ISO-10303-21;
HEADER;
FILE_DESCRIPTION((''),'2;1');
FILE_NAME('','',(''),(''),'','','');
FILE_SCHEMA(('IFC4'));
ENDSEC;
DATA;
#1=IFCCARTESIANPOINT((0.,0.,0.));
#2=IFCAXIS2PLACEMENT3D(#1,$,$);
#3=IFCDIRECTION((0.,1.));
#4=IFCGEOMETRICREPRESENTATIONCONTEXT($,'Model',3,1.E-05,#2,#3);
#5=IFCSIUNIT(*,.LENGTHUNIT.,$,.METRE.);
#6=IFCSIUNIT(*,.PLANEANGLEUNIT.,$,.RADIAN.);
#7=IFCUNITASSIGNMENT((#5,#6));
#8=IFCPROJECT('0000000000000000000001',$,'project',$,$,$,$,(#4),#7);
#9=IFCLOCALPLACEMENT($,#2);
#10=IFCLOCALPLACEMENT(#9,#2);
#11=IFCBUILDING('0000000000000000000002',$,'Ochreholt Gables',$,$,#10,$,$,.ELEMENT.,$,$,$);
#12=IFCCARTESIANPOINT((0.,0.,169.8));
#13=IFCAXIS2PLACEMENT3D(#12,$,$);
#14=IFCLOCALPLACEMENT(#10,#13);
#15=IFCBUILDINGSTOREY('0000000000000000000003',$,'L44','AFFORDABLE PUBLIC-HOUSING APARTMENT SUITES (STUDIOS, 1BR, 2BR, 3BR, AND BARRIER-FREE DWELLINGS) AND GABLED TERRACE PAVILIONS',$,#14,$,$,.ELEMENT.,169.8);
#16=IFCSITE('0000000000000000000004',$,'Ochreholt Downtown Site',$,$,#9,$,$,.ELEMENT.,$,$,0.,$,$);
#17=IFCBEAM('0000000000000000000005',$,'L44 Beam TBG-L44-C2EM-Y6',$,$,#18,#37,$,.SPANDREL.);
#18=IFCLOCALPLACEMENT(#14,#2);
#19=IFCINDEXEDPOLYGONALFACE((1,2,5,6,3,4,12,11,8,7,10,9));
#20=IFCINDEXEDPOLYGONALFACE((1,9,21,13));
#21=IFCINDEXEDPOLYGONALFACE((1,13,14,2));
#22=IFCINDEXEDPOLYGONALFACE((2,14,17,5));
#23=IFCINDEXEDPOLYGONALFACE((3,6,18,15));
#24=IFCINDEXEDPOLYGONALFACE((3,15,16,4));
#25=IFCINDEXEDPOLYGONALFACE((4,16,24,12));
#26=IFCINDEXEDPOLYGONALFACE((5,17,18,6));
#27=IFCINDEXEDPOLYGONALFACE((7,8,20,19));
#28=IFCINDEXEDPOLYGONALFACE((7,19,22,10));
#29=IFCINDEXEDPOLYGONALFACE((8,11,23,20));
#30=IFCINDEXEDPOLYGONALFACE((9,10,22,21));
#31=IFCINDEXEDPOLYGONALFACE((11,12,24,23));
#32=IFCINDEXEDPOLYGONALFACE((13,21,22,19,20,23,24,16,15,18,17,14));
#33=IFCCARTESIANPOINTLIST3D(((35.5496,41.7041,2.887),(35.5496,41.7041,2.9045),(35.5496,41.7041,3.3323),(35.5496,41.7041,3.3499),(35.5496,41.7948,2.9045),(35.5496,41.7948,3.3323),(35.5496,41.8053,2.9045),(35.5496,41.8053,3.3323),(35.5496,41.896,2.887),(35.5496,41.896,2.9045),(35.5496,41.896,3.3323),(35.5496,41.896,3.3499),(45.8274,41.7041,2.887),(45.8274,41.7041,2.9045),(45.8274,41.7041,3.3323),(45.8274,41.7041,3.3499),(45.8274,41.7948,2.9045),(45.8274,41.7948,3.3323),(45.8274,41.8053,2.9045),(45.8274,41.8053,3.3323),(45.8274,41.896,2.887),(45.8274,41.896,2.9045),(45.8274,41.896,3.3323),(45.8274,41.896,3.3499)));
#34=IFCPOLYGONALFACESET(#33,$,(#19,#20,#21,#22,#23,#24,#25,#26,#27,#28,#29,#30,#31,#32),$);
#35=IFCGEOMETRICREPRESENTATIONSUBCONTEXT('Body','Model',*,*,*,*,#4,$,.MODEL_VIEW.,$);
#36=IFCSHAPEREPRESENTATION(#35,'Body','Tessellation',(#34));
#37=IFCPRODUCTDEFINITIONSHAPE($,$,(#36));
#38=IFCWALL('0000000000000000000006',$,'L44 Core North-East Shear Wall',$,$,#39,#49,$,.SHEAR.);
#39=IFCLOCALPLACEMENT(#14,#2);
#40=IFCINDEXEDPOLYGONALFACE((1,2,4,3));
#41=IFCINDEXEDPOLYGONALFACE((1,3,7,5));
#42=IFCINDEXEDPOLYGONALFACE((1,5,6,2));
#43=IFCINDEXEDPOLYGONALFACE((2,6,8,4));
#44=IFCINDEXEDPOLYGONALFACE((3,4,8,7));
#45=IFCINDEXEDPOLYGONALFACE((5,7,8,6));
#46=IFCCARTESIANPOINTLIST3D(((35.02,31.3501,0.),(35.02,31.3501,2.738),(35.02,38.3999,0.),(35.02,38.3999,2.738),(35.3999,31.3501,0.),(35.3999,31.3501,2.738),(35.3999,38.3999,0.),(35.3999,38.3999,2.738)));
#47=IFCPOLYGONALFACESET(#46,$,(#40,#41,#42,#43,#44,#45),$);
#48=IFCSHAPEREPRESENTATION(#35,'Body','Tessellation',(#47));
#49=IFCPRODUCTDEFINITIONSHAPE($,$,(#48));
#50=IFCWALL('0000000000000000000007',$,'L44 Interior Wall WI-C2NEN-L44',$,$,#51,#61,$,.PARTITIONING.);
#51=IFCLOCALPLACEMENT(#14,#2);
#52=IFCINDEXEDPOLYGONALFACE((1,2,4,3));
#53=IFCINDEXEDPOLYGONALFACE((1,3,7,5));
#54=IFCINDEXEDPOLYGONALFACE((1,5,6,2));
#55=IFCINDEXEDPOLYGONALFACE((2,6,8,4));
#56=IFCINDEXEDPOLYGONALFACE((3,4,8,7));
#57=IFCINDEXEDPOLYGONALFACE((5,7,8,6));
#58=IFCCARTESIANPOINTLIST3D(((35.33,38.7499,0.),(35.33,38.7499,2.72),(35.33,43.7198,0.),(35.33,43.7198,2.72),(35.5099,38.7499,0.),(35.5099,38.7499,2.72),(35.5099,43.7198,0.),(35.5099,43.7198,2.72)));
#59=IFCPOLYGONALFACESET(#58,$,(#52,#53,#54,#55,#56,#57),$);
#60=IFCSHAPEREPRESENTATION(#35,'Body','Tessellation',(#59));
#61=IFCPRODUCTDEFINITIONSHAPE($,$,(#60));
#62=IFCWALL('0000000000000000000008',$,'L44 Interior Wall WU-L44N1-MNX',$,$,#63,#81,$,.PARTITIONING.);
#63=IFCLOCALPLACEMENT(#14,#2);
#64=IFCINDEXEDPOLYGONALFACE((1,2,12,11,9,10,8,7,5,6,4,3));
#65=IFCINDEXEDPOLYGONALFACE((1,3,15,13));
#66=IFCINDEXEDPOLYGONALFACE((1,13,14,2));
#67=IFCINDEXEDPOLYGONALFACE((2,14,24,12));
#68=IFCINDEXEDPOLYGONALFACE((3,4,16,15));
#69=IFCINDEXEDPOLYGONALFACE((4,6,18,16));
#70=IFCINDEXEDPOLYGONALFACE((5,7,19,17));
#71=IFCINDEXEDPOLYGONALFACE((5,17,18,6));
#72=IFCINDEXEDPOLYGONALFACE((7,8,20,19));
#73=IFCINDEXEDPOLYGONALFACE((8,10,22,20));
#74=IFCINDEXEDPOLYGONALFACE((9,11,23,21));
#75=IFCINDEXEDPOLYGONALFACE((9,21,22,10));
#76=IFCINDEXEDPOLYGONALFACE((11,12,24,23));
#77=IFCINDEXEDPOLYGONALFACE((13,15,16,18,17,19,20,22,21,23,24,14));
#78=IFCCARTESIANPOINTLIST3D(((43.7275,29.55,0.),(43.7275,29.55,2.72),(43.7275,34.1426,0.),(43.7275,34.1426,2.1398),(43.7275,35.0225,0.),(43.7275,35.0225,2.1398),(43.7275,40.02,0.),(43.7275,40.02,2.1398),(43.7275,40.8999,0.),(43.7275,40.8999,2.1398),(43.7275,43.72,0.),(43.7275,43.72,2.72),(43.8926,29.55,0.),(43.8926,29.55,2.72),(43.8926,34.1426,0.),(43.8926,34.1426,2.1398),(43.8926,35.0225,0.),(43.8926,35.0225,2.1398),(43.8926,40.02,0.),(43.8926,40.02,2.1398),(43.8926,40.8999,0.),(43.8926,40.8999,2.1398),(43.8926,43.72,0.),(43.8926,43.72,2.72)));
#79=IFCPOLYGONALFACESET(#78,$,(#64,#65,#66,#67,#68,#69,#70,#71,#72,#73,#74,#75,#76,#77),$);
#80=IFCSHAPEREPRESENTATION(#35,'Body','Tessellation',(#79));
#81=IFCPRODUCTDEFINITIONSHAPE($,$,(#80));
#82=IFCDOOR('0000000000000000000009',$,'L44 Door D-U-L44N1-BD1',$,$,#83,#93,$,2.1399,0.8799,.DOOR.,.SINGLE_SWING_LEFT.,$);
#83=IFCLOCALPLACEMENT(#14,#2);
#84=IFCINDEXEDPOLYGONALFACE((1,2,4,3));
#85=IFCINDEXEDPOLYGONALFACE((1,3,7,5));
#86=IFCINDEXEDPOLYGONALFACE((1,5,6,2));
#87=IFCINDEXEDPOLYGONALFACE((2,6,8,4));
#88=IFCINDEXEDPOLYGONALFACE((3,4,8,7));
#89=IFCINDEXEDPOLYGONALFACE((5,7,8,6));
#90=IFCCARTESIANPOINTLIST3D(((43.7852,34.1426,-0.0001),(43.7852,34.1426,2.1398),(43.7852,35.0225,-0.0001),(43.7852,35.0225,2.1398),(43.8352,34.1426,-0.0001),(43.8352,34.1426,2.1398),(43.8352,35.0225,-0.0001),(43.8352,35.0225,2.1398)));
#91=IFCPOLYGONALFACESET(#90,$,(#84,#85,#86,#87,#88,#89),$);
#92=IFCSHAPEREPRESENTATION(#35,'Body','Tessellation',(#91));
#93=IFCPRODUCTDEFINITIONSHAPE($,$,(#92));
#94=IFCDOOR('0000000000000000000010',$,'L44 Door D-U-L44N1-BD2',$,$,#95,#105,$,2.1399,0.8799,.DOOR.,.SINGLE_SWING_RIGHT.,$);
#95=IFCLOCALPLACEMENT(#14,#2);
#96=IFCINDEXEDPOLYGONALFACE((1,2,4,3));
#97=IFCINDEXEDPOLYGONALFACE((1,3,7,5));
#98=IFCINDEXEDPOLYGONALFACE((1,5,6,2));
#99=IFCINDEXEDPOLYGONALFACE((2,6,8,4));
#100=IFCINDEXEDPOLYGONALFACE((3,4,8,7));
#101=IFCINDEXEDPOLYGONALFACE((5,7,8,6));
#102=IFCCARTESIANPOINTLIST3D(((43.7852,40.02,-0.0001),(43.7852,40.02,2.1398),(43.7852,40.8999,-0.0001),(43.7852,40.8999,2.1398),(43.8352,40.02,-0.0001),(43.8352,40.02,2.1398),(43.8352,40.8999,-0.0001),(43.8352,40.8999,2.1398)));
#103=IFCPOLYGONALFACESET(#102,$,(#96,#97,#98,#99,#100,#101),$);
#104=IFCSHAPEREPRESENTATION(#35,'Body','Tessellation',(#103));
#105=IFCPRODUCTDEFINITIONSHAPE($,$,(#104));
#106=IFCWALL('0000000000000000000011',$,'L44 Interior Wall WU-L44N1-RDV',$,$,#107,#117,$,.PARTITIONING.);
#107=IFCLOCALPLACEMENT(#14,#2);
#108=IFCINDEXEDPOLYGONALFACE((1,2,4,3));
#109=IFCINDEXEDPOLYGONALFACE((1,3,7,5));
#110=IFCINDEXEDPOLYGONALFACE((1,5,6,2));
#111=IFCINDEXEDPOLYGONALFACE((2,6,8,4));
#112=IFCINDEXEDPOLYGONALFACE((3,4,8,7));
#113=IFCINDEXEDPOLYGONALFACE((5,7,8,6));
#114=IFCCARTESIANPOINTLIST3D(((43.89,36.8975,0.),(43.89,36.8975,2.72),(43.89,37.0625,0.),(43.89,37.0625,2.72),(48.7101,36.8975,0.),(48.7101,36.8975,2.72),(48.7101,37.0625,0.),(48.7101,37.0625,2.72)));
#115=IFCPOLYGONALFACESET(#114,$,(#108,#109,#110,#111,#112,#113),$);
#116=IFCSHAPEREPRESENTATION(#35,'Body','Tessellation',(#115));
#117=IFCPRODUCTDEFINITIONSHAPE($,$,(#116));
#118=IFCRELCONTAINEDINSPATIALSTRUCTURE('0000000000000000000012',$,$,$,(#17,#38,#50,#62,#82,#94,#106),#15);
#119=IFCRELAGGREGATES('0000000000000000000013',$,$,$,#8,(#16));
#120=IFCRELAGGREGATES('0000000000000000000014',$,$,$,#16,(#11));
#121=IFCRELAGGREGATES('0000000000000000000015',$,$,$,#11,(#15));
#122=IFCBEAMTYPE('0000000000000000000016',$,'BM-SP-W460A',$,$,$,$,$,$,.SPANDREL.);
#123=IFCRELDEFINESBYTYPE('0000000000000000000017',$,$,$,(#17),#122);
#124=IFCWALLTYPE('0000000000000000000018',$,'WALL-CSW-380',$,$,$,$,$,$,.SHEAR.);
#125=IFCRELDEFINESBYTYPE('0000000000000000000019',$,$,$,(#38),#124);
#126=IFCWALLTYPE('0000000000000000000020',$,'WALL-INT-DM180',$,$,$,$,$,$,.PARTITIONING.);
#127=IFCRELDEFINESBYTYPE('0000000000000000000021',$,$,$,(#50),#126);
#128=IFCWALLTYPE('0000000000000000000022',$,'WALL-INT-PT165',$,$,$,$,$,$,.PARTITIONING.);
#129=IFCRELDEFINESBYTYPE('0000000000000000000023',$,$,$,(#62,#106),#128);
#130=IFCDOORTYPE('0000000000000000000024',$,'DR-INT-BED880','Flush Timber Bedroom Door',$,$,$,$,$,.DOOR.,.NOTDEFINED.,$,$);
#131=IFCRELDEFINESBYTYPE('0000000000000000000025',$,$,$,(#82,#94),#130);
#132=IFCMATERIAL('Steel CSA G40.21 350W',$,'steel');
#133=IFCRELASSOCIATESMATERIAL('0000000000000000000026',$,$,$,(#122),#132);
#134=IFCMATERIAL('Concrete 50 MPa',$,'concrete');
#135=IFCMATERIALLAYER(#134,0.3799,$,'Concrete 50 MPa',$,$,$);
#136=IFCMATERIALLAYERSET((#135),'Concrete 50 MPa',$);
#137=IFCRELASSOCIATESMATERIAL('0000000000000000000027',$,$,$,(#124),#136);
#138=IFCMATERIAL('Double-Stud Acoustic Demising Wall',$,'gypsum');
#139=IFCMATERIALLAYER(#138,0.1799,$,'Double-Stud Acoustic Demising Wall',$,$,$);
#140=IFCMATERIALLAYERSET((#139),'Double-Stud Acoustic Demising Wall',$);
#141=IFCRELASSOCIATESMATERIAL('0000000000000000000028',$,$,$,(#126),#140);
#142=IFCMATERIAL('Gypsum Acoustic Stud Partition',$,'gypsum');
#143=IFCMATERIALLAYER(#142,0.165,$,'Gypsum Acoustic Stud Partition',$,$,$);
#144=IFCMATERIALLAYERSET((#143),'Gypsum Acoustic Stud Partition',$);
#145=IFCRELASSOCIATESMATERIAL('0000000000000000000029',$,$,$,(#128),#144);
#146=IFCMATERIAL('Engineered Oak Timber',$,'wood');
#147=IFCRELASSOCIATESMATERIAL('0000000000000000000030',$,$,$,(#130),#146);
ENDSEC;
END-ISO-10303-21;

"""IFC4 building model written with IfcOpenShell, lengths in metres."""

from ifc_helpers import new_model, si_unit, direction, frame, frame_2d, origin, origin_2d, place, context, subcontext, project, spatial, rectangle, i_section, extrude, material, layer, layer_set, material_profile, profile_set, type_object, element, fill, save


model = new_model("IFC4")

# Units and contexts
model_context = context("Model", 3, precision=1e-05, world=origin(), true_north=direction((0.0, 1.0)))
body_context = subcontext(model_context, "Body", "Model", "MODEL_VIEW")
ifc_project = project(units=[si_unit("LENGTHUNIT", "METRE"), si_unit("PLANEANGLEUNIT", "RADIAN")], contexts=[model_context])

# Site, building, storey
site_placement = place(None, origin())
site = spatial("IfcSite", under=ifc_project, at=site_placement, Name="Ochreholt Downtown Site", CompositionType="ELEMENT", RefElevation=0.0)
building_placement = place(site_placement, origin())
building = spatial("IfcBuilding", under=site, at=building_placement, Name="Ochreholt Gables", CompositionType="ELEMENT")
storey_placement = place(building_placement, frame((0.0, 0.0, 169.8)))
storey = spatial("IfcBuildingStorey", under=building, at=storey_placement, Name="L44", Description="AFFORDABLE PUBLIC-HOUSING APARTMENT SUITES (STUDIOS, 1BR, 2BR, 3BR, AND BARRIER-FREE DWELLINGS) AND GABLED TERRACE PAVILIONS", CompositionType="ELEMENT", Elevation=169.8)

# Shared definitions
ifc_material_1 = material(Name="Steel CSA G40.21 350W", Category="steel")

# Beam
ifc_material_profile_1 = material_profile(ifc_material_1, i_section(OverallWidth=0.1919, OverallDepth=0.4629, WebThickness=0.0105, FlangeThickness=0.0176, at=origin_2d()), Name="W460X89")
ifc_profile_set_1 = profile_set([ifc_material_profile_1], Name="Steel CSA G40.21 350W")
beam_type_1 = type_object("IfcBeamType", Name="BM-SP-W460A", PredefinedType="SPANDREL", material=ifc_profile_set_1)
beam_1_placement = place(storey_placement, frame((35.5496, 41.8, 3.1184), z_axis=(1.0, 0.0, 0.0), x_axis=(0.0, 1.0, 0.0)))
element("IfcBeam", 1, at=beam_1_placement, inside=storey, type_object=beam_type_1, Name="L44 Beam TBG-L44-C2EM-Y6", PredefinedType="SPANDREL", context=body_context, shape_type="SweptSolid", body=[
    extrude(i_section(OverallWidth=0.1919, OverallDepth=0.4629, WebThickness=0.0105, FlangeThickness=0.0176, at=origin_2d()), origin(), (0.0, 0.0, 1.0), 10.2778),
])

# Walls
ifc_material_2 = material(Name="Concrete 50 MPa", Category="concrete")
ifc_layer_1 = layer(ifc_material_2, 0.3799, Name="Concrete 50 MPa")
ifc_layer_set_1 = layer_set([ifc_layer_1], Name="Concrete 50 MPa")
wall_type_1 = type_object("IfcWallType", Name="WALL-CSW-380", PredefinedType="SHEAR", material=ifc_layer_set_1)
wall_1_placement = place(storey_placement, frame((35.21, 31.3501, 0.0), z_axis=(0.0, 0.0, 1.0), x_axis=(0.0, 1.0, 0.0)))
element("IfcWall", 2, at=wall_1_placement, inside=storey, type_object=wall_type_1, Name="L44 Core North-East Shear Wall", PredefinedType="SHEAR", context=body_context, shape_type="SweptSolid", body=[
    extrude(rectangle(XDim=7.0498, YDim=0.3799, at=frame_2d((3.5249, 0.0))), origin(), (0.0, 0.0, 1.0), 2.738),
])
ifc_material_3 = material(Name="Double-Stud Acoustic Demising Wall", Category="gypsum")
ifc_layer_2 = layer(ifc_material_3, 0.1799, Name="Double-Stud Acoustic Demising Wall")
ifc_layer_set_2 = layer_set([ifc_layer_2], Name="Double-Stud Acoustic Demising Wall")
wall_type_2 = type_object("IfcWallType", Name="WALL-INT-DM180", PredefinedType="PARTITIONING", material=ifc_layer_set_2)
wall_2_placement = place(storey_placement, frame((35.4199, 38.75, 0.0), z_axis=(0.0, 0.0, 1.0), x_axis=(0.0, 1.0, 0.0)))
element("IfcWall", 3, at=wall_2_placement, inside=storey, type_object=wall_type_2, Name="L44 Interior Wall WI-C2NEN-L44", PredefinedType="PARTITIONING", context=body_context, shape_type="SweptSolid", body=[
    extrude(rectangle(XDim=4.97, YDim=0.1799, at=frame_2d((2.4849, 0.0))), origin(), (0.0, 0.0, 1.0), 2.72),
])

# Wall, openings, doors
ifc_material_4 = material(Name="Engineered Oak Timber", Category="wood")
ifc_material_5 = material(Name="Gypsum Acoustic Stud Partition", Category="gypsum")
ifc_layer_3 = layer(ifc_material_5, 0.165, Name="Gypsum Acoustic Stud Partition")
ifc_layer_set_3 = layer_set([ifc_layer_3], Name="Gypsum Acoustic Stud Partition")
wall_type_3 = type_object("IfcWallType", Name="WALL-INT-PT165", PredefinedType="PARTITIONING", material=ifc_layer_set_3)
wall_3_placement = place(storey_placement, frame((43.8101, 29.55, 0.0), z_axis=(0.0, 0.0, 1.0), x_axis=(0.0, 1.0, 0.0)))
wall_3 = element("IfcWall", 4, at=wall_3_placement, inside=storey, type_object=wall_type_3, Name="L44 Interior Wall WU-L44N1-MNX", PredefinedType="PARTITIONING", context=body_context, shape_type="SweptSolid", body=[
    extrude(rectangle(XDim=14.1699, YDim=0.165, at=frame_2d((7.085, 0.0))), origin(), (0.0, 0.0, 1.0), 2.72),
])
opening_1_placement = place(wall_3_placement, frame((4.5925, 0.0, 0.0)))
opening_1 = element("IfcOpeningElement", 5, at=opening_1_placement, cuts=wall_3, PredefinedType="OPENING", context=body_context, shape_type="SweptSolid", body=[
    extrude(rectangle(XDim=0.8799, YDim=2.1399, at=frame_2d((0.4399, 1.0698))), frame((0.0, 0.0925, 0.0), z_axis=(0.0, -1.0, 0.0), x_axis=(1.0, 0.0, 0.0)), (0.0, 0.0, 1.0), 0.1851),
])
opening_2_placement = place(wall_3_placement, frame((10.47, 0.0, 0.0)))
opening_2 = element("IfcOpeningElement", 6, at=opening_2_placement, cuts=wall_3, PredefinedType="OPENING", context=body_context, shape_type="SweptSolid", body=[
    extrude(rectangle(XDim=0.8799, YDim=2.1399, at=frame_2d((0.4399, 1.0698))), frame((0.0, 0.0925, 0.0), z_axis=(0.0, -1.0, 0.0), x_axis=(1.0, 0.0, 0.0)), (0.0, 0.0, 1.0), 0.1851),
])
door_type_1 = type_object("IfcDoorType", Name="DR-INT-BED880", Description="Flush Timber Bedroom Door", OperationType="NOTDEFINED", PredefinedType="DOOR", material=ifc_material_4)
door_1_placement = place(opening_1_placement, origin())
door_1 = element("IfcDoor", 7, at=door_1_placement, inside=storey, type_object=door_type_1, Name="L44 Door D-U-L44N1-BD1", OperationType="SINGLE_SWING_LEFT", OverallHeight=2.1399, OverallWidth=0.8799, PredefinedType="DOOR", context=body_context, shape_type="SweptSolid", body=[
    extrude(rectangle(XDim=0.8799, YDim=2.1399, at=frame_2d((0.4399, 1.0698))), frame((0.0, 0.0249, 0.0), z_axis=(0.0, -1.0, 0.0), x_axis=(1.0, 0.0, 0.0)), (0.0, 0.0, 1.0), 0.05),
])
fill(opening_1, door_1)
door_2_placement = place(opening_2_placement, origin())
door_2 = element("IfcDoor", 8, at=door_2_placement, inside=storey, type_object=door_type_1, Name="L44 Door D-U-L44N1-BD2", OperationType="SINGLE_SWING_RIGHT", OverallHeight=2.1399, OverallWidth=0.8799, PredefinedType="DOOR", context=body_context, shape_type="SweptSolid", body=[
    extrude(rectangle(XDim=0.8799, YDim=2.1399, at=frame_2d((0.4399, 1.0698))), frame((0.0, 0.0249, 0.0), z_axis=(0.0, -1.0, 0.0), x_axis=(1.0, 0.0, 0.0)), (0.0, 0.0, 1.0), 0.05),
])
fill(opening_2, door_2)

# Wall
wall_4_placement = place(storey_placement, frame((43.8899, 36.98, 0.0), z_axis=(0.0, 0.0, 1.0), x_axis=(1.0, 0.0, 0.0)))
element("IfcWall", 9, at=wall_4_placement, inside=storey, type_object=wall_type_3, Name="L44 Interior Wall WU-L44N1-RDV", PredefinedType="PARTITIONING", context=body_context, shape_type="SweptSolid", body=[
    extrude(rectangle(XDim=4.8201, YDim=0.165, at=frame_2d((2.4102, 0.0))), origin(), (0.0, 0.0, 1.0), 2.72),
])

save(model, "model.ifc")
